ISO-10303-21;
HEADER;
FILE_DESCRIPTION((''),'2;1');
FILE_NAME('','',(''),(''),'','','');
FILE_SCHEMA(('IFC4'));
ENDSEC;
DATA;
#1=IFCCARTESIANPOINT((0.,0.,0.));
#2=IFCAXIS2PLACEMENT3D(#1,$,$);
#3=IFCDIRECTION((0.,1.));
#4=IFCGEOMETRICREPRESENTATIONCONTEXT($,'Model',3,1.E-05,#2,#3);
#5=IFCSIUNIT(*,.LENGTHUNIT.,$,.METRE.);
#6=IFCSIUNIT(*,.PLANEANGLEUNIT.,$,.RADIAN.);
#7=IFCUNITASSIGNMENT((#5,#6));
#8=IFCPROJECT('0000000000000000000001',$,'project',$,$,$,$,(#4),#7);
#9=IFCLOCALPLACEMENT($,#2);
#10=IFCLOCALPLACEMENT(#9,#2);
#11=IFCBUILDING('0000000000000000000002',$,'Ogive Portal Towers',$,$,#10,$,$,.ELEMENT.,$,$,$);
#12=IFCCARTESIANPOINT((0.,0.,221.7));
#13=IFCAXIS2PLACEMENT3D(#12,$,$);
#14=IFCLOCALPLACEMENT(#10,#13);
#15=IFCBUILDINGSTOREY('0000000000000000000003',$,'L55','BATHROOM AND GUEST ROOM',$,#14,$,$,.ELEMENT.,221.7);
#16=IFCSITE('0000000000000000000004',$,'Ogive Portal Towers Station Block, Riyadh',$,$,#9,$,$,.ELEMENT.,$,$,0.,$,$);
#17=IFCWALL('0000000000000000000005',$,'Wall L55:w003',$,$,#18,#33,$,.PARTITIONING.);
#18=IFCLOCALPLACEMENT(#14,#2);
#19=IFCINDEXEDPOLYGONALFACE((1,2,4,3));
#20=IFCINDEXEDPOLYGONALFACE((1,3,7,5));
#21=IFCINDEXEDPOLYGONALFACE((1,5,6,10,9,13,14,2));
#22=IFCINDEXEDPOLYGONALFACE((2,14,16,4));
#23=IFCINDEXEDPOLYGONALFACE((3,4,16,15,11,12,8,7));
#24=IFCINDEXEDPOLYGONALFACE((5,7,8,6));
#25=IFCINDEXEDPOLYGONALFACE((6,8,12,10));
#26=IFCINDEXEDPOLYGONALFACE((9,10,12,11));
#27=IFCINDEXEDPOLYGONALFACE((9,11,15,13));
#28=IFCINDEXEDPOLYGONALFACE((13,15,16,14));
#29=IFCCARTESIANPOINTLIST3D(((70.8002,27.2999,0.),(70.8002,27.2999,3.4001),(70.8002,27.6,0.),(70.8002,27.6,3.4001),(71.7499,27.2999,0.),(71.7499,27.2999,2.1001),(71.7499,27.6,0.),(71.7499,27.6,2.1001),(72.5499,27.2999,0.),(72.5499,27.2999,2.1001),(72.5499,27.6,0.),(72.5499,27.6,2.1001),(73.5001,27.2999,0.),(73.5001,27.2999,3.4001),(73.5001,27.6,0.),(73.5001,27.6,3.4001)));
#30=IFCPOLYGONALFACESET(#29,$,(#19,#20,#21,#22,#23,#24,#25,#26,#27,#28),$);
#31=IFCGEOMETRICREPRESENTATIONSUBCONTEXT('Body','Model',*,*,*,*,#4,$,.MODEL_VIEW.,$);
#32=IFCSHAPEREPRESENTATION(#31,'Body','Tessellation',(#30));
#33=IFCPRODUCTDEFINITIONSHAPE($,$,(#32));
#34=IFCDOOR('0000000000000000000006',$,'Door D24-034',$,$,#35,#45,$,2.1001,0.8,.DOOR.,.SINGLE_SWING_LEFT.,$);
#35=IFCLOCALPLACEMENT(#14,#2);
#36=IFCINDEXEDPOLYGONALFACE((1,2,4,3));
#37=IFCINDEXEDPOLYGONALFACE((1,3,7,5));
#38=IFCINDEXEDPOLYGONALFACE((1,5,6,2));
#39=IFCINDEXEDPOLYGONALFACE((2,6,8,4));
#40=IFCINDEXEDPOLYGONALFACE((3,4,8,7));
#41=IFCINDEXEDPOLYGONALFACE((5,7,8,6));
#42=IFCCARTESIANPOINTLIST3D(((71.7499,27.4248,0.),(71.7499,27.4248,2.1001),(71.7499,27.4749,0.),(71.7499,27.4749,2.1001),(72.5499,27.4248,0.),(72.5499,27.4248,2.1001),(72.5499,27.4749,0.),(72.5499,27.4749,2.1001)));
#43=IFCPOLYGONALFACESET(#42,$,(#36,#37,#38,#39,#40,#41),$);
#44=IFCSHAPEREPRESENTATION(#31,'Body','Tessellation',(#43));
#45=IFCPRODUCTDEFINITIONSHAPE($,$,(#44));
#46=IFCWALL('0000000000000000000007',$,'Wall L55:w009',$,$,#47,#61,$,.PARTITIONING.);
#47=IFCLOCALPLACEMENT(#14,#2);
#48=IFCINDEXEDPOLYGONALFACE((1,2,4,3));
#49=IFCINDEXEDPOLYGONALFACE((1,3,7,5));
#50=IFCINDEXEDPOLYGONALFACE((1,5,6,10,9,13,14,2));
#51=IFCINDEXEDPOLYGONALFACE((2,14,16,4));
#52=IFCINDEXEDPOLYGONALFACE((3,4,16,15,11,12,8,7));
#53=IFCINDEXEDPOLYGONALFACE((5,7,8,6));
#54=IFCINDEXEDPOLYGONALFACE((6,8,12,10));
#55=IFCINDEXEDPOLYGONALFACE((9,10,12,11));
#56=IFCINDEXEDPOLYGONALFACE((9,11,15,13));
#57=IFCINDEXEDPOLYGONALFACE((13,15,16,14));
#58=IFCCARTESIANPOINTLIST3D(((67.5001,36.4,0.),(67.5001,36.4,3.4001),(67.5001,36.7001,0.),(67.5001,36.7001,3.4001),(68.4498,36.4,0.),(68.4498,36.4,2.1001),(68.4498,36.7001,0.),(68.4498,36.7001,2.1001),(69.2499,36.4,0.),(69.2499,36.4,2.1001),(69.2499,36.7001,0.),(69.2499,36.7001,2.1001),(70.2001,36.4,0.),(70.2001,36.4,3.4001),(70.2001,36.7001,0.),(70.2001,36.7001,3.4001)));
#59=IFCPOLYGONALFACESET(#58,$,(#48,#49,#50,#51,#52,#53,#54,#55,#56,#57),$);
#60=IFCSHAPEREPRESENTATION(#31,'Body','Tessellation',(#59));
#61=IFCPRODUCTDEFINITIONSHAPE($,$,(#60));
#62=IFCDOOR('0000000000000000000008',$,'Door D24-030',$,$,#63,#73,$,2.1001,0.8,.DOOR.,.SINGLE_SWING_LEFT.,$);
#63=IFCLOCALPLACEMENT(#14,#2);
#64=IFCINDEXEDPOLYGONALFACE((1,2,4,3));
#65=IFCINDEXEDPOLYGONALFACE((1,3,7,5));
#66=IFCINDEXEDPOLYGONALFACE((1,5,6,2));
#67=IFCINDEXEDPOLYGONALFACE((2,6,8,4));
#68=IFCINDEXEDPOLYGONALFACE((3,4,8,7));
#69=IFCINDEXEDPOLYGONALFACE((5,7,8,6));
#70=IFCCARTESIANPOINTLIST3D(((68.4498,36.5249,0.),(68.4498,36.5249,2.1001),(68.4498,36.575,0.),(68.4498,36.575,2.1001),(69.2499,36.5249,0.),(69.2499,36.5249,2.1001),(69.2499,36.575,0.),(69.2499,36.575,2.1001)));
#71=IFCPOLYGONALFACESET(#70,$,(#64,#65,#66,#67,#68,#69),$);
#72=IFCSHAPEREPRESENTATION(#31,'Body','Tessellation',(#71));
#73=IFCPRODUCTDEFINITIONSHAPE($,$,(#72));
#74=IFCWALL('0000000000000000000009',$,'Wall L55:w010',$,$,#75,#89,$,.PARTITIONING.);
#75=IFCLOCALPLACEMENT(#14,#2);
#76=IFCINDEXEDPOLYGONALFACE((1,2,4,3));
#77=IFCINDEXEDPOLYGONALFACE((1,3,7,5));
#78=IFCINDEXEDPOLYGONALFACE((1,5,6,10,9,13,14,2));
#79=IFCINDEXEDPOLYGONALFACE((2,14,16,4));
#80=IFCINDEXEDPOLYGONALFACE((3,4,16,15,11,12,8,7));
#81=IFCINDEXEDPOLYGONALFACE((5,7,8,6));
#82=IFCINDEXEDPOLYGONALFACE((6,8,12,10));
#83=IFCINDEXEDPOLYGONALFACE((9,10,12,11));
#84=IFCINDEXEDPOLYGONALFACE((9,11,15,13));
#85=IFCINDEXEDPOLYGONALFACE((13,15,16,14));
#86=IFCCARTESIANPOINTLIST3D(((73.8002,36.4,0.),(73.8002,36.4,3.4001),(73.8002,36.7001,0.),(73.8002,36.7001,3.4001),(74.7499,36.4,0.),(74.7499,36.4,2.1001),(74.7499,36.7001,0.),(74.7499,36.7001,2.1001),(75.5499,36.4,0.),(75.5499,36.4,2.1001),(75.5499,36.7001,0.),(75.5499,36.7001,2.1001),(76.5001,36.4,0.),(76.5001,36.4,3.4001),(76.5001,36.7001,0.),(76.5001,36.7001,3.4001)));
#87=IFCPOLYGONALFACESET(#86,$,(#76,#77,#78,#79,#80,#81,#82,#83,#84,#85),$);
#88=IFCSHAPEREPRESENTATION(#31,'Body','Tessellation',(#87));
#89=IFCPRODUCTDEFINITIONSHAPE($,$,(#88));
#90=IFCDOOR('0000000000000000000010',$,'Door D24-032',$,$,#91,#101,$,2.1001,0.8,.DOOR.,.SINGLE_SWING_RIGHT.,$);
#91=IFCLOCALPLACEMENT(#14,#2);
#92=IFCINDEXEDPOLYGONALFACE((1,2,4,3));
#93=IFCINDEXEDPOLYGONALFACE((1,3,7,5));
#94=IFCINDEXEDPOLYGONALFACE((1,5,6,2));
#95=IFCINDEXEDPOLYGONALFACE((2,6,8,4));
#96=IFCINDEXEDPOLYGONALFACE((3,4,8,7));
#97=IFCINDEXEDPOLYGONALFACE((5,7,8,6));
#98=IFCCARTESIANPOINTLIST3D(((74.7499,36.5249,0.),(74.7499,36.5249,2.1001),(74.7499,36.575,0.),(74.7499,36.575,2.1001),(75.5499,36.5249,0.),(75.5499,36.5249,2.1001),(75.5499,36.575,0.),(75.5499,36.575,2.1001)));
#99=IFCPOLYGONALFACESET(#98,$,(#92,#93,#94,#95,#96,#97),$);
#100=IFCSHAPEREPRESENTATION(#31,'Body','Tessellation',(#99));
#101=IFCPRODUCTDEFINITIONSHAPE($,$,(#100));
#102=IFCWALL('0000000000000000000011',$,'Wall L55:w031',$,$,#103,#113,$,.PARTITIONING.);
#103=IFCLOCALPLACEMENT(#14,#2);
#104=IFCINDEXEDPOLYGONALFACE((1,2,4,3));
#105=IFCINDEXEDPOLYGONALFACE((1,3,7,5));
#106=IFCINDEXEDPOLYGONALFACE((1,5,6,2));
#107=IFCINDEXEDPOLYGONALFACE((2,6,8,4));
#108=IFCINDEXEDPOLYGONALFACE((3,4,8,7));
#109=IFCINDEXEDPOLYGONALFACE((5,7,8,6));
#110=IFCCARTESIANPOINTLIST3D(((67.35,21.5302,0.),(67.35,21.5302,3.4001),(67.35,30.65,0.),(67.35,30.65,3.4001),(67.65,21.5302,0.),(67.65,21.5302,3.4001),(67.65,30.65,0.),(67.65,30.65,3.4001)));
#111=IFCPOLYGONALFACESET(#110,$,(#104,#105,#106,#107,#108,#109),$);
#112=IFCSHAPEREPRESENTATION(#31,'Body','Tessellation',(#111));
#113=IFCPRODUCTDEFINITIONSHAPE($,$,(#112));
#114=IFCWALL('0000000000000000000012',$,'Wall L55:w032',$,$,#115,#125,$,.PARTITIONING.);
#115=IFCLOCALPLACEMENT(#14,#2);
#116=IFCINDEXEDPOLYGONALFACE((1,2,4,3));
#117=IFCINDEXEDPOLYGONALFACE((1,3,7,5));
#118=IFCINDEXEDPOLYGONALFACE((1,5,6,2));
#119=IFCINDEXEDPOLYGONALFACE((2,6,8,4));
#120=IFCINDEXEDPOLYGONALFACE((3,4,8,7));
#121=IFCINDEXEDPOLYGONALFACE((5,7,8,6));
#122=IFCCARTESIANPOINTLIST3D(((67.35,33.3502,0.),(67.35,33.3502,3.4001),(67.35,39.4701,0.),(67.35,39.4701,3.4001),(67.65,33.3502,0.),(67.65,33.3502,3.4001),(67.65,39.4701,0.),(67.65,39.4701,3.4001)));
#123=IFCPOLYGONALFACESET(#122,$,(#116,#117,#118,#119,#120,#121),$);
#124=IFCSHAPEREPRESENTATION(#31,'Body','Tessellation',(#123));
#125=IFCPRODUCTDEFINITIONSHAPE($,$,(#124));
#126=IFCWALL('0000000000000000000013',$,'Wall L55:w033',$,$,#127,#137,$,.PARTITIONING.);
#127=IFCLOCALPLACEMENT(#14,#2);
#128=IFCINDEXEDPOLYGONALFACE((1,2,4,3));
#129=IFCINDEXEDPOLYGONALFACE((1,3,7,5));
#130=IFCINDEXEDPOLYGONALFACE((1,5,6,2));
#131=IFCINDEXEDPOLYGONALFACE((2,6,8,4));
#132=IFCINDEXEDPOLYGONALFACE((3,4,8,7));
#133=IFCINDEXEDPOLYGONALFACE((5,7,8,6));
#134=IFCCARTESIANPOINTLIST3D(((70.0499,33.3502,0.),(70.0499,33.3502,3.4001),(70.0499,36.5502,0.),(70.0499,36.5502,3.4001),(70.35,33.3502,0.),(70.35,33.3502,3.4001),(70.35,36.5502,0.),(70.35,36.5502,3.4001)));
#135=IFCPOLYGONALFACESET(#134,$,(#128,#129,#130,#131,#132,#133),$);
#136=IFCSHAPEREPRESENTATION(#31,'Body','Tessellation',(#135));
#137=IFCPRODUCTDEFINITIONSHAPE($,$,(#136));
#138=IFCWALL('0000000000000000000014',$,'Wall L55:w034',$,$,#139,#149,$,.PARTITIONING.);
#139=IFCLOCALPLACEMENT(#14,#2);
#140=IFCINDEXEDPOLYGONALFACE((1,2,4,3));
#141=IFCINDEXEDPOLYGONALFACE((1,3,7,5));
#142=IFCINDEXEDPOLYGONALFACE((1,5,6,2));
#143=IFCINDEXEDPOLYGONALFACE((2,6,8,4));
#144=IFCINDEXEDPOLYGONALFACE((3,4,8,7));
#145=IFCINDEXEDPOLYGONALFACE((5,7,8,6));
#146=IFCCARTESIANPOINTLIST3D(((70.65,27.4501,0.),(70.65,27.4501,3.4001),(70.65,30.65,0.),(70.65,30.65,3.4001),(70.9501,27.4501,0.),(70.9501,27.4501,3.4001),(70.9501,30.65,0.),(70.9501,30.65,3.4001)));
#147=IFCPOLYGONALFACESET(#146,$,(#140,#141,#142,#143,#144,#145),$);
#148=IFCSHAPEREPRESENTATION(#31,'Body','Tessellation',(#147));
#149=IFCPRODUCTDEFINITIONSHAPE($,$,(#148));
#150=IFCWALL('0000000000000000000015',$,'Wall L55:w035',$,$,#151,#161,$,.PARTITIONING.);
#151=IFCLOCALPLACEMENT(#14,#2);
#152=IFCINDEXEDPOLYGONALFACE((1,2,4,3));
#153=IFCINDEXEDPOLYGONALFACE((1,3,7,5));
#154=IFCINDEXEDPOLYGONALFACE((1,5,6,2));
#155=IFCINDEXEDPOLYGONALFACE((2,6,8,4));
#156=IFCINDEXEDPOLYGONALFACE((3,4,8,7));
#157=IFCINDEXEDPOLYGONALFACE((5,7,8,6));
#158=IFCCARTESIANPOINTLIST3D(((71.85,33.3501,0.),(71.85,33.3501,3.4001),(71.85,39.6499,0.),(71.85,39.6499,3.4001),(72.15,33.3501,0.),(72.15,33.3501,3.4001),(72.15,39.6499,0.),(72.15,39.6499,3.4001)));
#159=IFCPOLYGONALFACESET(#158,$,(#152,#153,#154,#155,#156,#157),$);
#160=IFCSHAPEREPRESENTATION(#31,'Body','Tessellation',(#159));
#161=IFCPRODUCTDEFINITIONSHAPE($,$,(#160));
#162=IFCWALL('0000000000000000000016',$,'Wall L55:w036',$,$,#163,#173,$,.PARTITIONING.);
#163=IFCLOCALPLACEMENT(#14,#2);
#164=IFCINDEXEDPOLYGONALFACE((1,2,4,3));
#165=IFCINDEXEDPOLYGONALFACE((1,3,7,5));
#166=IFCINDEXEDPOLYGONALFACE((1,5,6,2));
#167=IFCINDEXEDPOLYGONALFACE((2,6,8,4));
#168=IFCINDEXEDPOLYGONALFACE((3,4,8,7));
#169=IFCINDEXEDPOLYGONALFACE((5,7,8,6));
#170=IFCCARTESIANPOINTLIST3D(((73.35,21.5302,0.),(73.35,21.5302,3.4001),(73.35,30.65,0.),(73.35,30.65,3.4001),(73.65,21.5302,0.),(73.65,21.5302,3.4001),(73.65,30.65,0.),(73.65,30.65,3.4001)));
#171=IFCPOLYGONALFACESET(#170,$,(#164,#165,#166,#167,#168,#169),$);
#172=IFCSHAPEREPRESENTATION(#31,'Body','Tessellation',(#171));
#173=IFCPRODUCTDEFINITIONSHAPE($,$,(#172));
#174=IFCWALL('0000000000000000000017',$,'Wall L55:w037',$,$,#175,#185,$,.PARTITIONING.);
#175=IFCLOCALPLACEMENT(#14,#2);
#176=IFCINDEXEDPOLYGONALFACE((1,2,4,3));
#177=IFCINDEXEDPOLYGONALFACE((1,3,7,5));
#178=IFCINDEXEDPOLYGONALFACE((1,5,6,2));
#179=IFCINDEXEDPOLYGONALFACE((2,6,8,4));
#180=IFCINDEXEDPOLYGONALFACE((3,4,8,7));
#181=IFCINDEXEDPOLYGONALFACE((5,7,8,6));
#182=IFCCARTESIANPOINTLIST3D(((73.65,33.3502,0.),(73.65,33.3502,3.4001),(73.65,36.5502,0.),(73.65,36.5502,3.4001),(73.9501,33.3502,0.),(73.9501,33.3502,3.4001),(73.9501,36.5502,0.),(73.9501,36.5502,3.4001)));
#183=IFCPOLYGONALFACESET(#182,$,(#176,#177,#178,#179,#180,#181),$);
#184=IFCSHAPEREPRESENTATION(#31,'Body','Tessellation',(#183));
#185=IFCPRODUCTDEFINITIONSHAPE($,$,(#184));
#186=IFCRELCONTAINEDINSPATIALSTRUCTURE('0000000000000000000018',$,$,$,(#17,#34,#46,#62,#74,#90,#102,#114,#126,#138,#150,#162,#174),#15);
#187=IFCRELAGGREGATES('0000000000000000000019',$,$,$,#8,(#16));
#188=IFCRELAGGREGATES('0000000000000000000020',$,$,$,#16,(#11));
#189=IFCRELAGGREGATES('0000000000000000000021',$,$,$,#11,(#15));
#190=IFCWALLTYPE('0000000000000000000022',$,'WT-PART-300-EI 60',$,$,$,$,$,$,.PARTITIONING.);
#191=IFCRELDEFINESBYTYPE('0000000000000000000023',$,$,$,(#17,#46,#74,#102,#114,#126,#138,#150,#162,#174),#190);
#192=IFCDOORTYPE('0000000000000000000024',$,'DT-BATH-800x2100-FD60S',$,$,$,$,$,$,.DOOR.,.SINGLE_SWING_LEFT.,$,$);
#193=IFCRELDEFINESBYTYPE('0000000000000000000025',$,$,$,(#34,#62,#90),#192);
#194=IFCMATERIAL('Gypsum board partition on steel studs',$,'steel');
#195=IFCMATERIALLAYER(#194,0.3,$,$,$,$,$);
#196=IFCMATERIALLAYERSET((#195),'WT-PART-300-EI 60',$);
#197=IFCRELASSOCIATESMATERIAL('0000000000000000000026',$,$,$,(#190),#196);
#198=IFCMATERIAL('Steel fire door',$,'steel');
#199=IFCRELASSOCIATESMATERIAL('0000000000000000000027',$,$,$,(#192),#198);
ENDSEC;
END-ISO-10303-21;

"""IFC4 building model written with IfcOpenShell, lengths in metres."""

from ifc_helpers import new_model, si_unit, direction, frame, frame_2d, origin, place, context, subcontext, project, spatial, rectangle, extrude, material, layer, layer_set, type_object, element, fill, save


model = new_model("IFC4")

# Units and contexts
model_context = context("Model", 3, precision=1e-05, world=origin(), true_north=direction((0.0, 1.0)))
body_context = subcontext(model_context, "Body", "Model", "MODEL_VIEW")
ifc_project = project(units=[si_unit("LENGTHUNIT", "METRE"), si_unit("PLANEANGLEUNIT", "RADIAN")], contexts=[model_context])

# Site, building, storey
site_placement = place(None, origin())
site = spatial("IfcSite", under=ifc_project, at=site_placement, Name="Ogive Portal Towers Station Block, Riyadh", CompositionType="ELEMENT", RefElevation=0.0)
building_placement = place(site_placement, origin())
building = spatial("IfcBuilding", under=site, at=building_placement, Name="Ogive Portal Towers", CompositionType="ELEMENT")
storey_placement = place(building_placement, frame((0.0, 0.0, 221.7)))
storey = spatial("IfcBuildingStorey", under=building, at=storey_placement, Name="L55", Description="BATHROOM AND GUEST ROOM", CompositionType="ELEMENT", Elevation=221.7)

# Walls, openings, doors
ifc_material_1 = material(Name="Gypsum board partition on steel studs", Category="steel")
ifc_layer_1 = layer(ifc_material_1, 0.3)
ifc_layer_set_1 = layer_set([ifc_layer_1], Name="WT-PART-300-EI 60")
wall_type = type_object("IfcWallType", Name="WT-PART-300-EI 60", PredefinedType="PARTITIONING", material=ifc_layer_set_1)
wall_1_placement = place(storey_placement, frame((70.8, 27.45, 0.0), z_axis=(0.0, 0.0, 1.0), x_axis=(1.0, 0.0, 0.0)))
wall_1 = element("IfcWall", 1, at=wall_1_placement, inside=storey, type_object=wall_type, Name="Wall L55:w003", PredefinedType="PARTITIONING", context=body_context, shape_type="SweptSolid", body=[
    extrude(rectangle(XDim=2.7, YDim=0.3, at=frame_2d((1.3501, 0.0))), origin(), (0.0, 0.0, 1.0), 3.4001),
])
opening_1_placement = place(wall_1_placement, frame((0.95, 0.0, 0.0)))
opening_1 = element("IfcOpeningElement", 2, at=opening_1_placement, cuts=wall_1, PredefinedType="OPENING", context=body_context, shape_type="SweptSolid", body=[
    extrude(rectangle(XDim=0.8, YDim=2.1001, at=frame_2d((0.3999, 1.05))), frame((0.0, 0.1602, 0.0), z_axis=(0.0, -1.0, 0.0), x_axis=(1.0, 0.0, 0.0)), (0.0, 0.0, 1.0), 0.3201),
])
ifc_material_2 = material(Name="Steel fire door", Category="steel")
door_type = type_object("IfcDoorType", Name="DT-BATH-800x2100-FD60S", OperationType="SINGLE_SWING_LEFT", PredefinedType="DOOR", material=ifc_material_2)
door_1_placement = place(opening_1_placement, origin())
door_1 = element("IfcDoor", 3, at=door_1_placement, inside=storey, type_object=door_type, Name="Door D24-034", OperationType="SINGLE_SWING_LEFT", OverallHeight=2.1001, OverallWidth=0.8, PredefinedType="DOOR", context=body_context, shape_type="SweptSolid", body=[
    extrude(rectangle(XDim=0.8, YDim=2.1001, at=frame_2d((0.3999, 1.05))), frame((0.0, 0.0249, 0.0), z_axis=(0.0, -1.0, 0.0), x_axis=(1.0, 0.0, 0.0)), (0.0, 0.0, 1.0), 0.05),
])
fill(opening_1, door_1)
wall_2_placement = place(storey_placement, frame((67.5, 36.55, 0.0), z_axis=(0.0, 0.0, 1.0), x_axis=(1.0, 0.0, 0.0)))
wall_2 = element("IfcWall", 4, at=wall_2_placement, inside=storey, type_object=wall_type, Name="Wall L55:w009", PredefinedType="PARTITIONING", context=body_context, shape_type="SweptSolid", body=[
    extrude(rectangle(XDim=2.7, YDim=0.3, at=frame_2d((1.3501, 0.0))), origin(), (0.0, 0.0, 1.0), 3.4001),
])
opening_2_placement = place(wall_2_placement, frame((0.95, 0.0, 0.0)))
opening_2 = element("IfcOpeningElement", 5, at=opening_2_placement, cuts=wall_2, PredefinedType="OPENING", context=body_context, shape_type="SweptSolid", body=[
    extrude(rectangle(XDim=0.8, YDim=2.1001, at=frame_2d((0.3999, 1.05))), frame((0.0, 0.1602, 0.0), z_axis=(0.0, -1.0, 0.0), x_axis=(1.0, 0.0, 0.0)), (0.0, 0.0, 1.0), 0.3201),
])
door_2_placement = place(opening_2_placement, origin())
door_2 = element("IfcDoor", 6, at=door_2_placement, inside=storey, type_object=door_type, Name="Door D24-030", OperationType="SINGLE_SWING_LEFT", OverallHeight=2.1001, OverallWidth=0.8, PredefinedType="DOOR", context=body_context, shape_type="SweptSolid", body=[
    extrude(rectangle(XDim=0.8, YDim=2.1001, at=frame_2d((0.3999, 1.05))), frame((0.0, 0.0249, 0.0), z_axis=(0.0, -1.0, 0.0), x_axis=(1.0, 0.0, 0.0)), (0.0, 0.0, 1.0), 0.05),
])
fill(opening_2, door_2)
wall_3_placement = place(storey_placement, frame((73.8, 36.55, 0.0), z_axis=(0.0, 0.0, 1.0), x_axis=(1.0, 0.0, 0.0)))
wall_3 = element("IfcWall", 7, at=wall_3_placement, inside=storey, type_object=wall_type, Name="Wall L55:w010", PredefinedType="PARTITIONING", context=body_context, shape_type="SweptSolid", body=[
    extrude(rectangle(XDim=2.7, YDim=0.3, at=frame_2d((1.3501, 0.0))), origin(), (0.0, 0.0, 1.0), 3.4001),
])
opening_3_placement = place(wall_3_placement, frame((0.95, 0.0, 0.0)))
opening_3 = element("IfcOpeningElement", 8, at=opening_3_placement, cuts=wall_3, PredefinedType="OPENING", context=body_context, shape_type="SweptSolid", body=[
    extrude(rectangle(XDim=0.8, YDim=2.1001, at=frame_2d((0.3999, 1.05))), frame((0.0, 0.1602, 0.0), z_axis=(0.0, -1.0, 0.0), x_axis=(1.0, 0.0, 0.0)), (0.0, 0.0, 1.0), 0.3201),
])
door_3_placement = place(opening_3_placement, origin())
door_3 = element("IfcDoor", 9, at=door_3_placement, inside=storey, type_object=door_type, Name="Door D24-032", OperationType="SINGLE_SWING_RIGHT", OverallHeight=2.1001, OverallWidth=0.8, PredefinedType="DOOR", context=body_context, shape_type="SweptSolid", body=[
    extrude(rectangle(XDim=0.8, YDim=2.1001, at=frame_2d((0.3999, 1.05))), frame((0.0, 0.0249, 0.0), z_axis=(0.0, -1.0, 0.0), x_axis=(1.0, 0.0, 0.0)), (0.0, 0.0, 1.0), 0.05),
])
fill(opening_3, door_3)

# Walls
wall_4_placement = place(storey_placement, frame((67.5, 21.53, 0.0), z_axis=(0.0, 0.0, 1.0), x_axis=(0.0, 1.0, 0.0)))
element("IfcWall", 10, at=wall_4_placement, inside=storey, type_object=wall_type, Name="Wall L55:w031", PredefinedType="PARTITIONING", context=body_context, shape_type="SweptSolid", body=[
    extrude(rectangle(XDim=9.1199, YDim=0.3, at=frame_2d((4.5601, 0.0))), origin(), (0.0, 0.0, 1.0), 3.4001),
])
wall_5_placement = place(storey_placement, frame((67.5, 33.3501, 0.0), z_axis=(0.0, 0.0, 1.0), x_axis=(0.0, 1.0, 0.0)))
element("IfcWall", 11, at=wall_5_placement, inside=storey, type_object=wall_type, Name="Wall L55:w032", PredefinedType="PARTITIONING", context=body_context, shape_type="SweptSolid", body=[
    extrude(rectangle(XDim=6.1199, YDim=0.3, at=frame_2d((3.0601, 0.0))), origin(), (0.0, 0.0, 1.0), 3.4001),
])
for number, where, z_axis, x_axis, name in (
    (12, (70.2, 33.3501, 0.0), (0.0, 0.0, 1.0), (0.0, 1.0, 0.0), "Wall L55:w033"),
    (13, (70.8, 27.45, 0.0), (0.0, 0.0, 1.0), (0.0, 1.0, 0.0), "Wall L55:w034"),
):
    element("IfcWall", number, at=place(storey_placement, frame(where, z_axis=z_axis, x_axis=x_axis)), inside=storey, type_object=wall_type, Name=name, PredefinedType="PARTITIONING", context=body_context, shape_type="SweptSolid", body=[
        extrude(rectangle(XDim=3.2, YDim=0.3, at=frame_2d((1.6001, 0.0))), origin(), (0.0, 0.0, 1.0), 3.4001),
    ])
wall_6_placement = place(storey_placement, frame((72.0, 33.3501, 0.0), z_axis=(0.0, 0.0, 1.0), x_axis=(0.0, 1.0, 0.0)))
element("IfcWall", 14, at=wall_6_placement, inside=storey, type_object=wall_type, Name="Wall L55:w035", PredefinedType="PARTITIONING", context=body_context, shape_type="SweptSolid", body=[
    extrude(rectangle(XDim=6.2998, YDim=0.3, at=frame_2d((3.1499, 0.0))), origin(), (0.0, 0.0, 1.0), 3.4001),
])
wall_7_placement = place(storey_placement, frame((73.5, 21.53, 0.0), z_axis=(0.0, 0.0, 1.0), x_axis=(0.0, 1.0, 0.0)))
element("IfcWall", 15, at=wall_7_placement, inside=storey, type_object=wall_type, Name="Wall L55:w036", PredefinedType="PARTITIONING", context=body_context, shape_type="SweptSolid", body=[
    extrude(rectangle(XDim=9.1199, YDim=0.3, at=frame_2d((4.5601, 0.0))), origin(), (0.0, 0.0, 1.0), 3.4001),
])
wall_8_placement = place(storey_placement, frame((73.8, 33.3501, 0.0), z_axis=(0.0, 0.0, 1.0), x_axis=(0.0, 1.0, 0.0)))
element("IfcWall", 16, at=wall_8_placement, inside=storey, type_object=wall_type, Name="Wall L55:w037", PredefinedType="PARTITIONING", context=body_context, shape_type="SweptSolid", body=[
    extrude(rectangle(XDim=3.2, YDim=0.3, at=frame_2d((1.6001, 0.0))), origin(), (0.0, 0.0, 1.0), 3.4001),
])

save(model, "model.ifc")
